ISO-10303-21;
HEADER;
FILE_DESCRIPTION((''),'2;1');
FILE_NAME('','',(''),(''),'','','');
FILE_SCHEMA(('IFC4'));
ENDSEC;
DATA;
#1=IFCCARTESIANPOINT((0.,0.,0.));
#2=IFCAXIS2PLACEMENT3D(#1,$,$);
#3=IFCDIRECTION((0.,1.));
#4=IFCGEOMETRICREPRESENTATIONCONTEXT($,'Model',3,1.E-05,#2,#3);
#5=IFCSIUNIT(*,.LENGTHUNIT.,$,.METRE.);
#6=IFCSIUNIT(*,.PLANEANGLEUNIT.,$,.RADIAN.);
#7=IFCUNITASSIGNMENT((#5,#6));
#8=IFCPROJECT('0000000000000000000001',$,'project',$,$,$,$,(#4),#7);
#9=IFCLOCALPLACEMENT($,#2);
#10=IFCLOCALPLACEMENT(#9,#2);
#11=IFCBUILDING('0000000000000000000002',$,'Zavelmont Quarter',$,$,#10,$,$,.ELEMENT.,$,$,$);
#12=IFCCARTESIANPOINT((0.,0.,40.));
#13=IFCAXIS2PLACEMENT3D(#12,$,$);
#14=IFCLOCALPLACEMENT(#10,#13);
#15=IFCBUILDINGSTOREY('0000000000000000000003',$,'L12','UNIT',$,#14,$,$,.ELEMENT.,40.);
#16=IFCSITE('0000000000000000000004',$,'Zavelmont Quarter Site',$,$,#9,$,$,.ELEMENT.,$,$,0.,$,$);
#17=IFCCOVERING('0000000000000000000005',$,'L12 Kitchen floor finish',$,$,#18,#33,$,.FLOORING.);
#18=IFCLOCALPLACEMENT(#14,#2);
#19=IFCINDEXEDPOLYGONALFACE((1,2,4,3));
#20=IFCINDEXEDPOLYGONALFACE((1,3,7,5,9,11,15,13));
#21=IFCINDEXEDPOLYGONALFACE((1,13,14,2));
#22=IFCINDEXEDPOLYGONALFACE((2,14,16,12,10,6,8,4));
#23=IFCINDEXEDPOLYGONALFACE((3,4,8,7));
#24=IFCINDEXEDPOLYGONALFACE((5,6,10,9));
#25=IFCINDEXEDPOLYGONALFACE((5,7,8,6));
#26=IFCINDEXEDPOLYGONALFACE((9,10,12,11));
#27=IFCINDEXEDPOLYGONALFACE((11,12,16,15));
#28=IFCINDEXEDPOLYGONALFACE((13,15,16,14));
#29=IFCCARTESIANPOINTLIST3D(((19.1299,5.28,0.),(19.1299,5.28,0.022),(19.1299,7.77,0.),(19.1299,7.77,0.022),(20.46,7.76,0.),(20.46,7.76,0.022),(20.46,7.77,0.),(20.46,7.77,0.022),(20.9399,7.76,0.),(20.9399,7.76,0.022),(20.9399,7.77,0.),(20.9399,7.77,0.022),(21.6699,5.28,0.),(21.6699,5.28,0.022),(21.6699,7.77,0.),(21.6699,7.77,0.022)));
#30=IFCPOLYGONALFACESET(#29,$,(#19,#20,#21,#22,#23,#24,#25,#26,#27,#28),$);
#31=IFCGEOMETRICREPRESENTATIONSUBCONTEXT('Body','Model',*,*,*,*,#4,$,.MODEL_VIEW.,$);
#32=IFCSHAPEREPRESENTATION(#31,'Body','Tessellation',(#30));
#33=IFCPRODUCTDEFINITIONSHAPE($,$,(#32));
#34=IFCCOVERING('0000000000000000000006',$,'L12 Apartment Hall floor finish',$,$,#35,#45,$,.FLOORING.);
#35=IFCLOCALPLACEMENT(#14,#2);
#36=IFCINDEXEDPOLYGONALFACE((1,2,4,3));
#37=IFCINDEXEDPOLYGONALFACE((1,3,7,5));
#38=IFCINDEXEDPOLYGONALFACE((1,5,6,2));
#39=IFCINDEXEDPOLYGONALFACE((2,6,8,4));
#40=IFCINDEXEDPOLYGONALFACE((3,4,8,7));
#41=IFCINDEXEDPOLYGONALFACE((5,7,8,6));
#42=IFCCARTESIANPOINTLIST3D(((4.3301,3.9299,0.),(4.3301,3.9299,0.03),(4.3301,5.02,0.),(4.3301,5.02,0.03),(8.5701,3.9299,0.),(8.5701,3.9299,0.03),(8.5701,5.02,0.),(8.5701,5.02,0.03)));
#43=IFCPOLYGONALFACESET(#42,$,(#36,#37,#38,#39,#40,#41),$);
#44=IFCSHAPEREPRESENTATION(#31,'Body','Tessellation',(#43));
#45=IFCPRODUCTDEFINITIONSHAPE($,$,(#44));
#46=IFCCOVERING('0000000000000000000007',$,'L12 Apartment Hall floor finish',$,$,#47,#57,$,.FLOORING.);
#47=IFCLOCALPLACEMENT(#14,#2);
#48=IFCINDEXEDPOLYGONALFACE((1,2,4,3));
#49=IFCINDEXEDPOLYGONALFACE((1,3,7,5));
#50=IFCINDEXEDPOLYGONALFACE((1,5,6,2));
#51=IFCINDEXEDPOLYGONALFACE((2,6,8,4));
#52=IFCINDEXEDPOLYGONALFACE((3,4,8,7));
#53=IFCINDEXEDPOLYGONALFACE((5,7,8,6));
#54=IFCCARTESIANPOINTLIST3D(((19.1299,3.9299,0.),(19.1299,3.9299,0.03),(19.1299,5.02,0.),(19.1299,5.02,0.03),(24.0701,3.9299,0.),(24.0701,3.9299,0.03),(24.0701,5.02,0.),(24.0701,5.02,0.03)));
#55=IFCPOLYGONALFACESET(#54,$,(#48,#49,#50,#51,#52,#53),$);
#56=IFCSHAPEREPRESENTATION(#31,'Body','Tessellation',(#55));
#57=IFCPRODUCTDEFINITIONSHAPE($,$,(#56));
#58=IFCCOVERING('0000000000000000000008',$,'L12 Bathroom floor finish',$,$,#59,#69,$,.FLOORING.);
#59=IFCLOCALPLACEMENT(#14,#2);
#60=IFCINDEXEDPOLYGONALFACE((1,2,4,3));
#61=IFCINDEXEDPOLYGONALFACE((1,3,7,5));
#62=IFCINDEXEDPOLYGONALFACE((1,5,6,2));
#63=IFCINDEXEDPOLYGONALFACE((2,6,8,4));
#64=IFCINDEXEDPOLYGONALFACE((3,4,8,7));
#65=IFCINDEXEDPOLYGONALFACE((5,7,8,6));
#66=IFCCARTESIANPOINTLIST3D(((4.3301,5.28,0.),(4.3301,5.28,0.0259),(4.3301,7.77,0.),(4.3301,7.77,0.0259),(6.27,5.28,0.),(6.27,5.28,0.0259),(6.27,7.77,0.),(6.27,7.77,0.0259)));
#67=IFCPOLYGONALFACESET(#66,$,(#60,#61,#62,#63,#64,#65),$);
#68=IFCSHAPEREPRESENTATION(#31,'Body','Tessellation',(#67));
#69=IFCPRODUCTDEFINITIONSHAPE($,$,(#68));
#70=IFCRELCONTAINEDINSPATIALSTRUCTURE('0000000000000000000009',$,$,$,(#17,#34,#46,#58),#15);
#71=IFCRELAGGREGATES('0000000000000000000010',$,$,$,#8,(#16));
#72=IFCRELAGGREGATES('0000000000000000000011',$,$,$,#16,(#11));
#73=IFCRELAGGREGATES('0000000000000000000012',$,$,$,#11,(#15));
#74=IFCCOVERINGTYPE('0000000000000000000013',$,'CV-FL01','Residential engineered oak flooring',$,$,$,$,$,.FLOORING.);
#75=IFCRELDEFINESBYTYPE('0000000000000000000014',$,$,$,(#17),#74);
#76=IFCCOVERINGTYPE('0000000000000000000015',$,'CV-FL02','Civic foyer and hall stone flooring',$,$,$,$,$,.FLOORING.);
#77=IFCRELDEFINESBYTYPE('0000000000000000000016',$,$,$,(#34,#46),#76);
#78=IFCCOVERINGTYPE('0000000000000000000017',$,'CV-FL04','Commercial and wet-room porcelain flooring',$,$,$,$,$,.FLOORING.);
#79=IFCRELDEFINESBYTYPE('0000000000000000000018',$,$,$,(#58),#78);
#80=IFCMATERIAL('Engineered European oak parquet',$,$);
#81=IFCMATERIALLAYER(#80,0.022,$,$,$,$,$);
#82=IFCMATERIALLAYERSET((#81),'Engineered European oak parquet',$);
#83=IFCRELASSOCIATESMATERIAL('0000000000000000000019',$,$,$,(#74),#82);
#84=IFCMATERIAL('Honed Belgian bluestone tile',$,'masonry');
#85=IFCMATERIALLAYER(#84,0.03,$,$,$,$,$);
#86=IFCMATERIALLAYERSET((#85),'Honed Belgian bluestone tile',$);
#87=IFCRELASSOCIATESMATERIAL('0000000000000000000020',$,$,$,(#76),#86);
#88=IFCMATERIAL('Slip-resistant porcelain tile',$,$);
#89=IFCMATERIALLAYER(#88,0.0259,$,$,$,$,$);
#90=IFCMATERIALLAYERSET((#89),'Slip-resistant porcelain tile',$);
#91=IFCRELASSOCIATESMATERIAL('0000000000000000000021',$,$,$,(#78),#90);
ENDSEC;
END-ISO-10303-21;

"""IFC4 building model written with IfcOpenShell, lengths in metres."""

from ifc_helpers import new_model, si_unit, direction, frame, origin, place, context, subcontext, project, spatial, polyline, outline, extrude, material, layer, layer_set, type_object, element, save


model = new_model("IFC4")

# Units and contexts
model_context = context("Model", 3, precision=1e-05, world=origin(), true_north=direction((0.0, 1.0)))
body_context = subcontext(model_context, "Body", "Model", "MODEL_VIEW")
ifc_project = project(units=[si_unit("LENGTHUNIT", "METRE"), si_unit("PLANEANGLEUNIT", "RADIAN")], contexts=[model_context])

# Site, building, storey
site_placement = place(None, origin())
site = spatial("IfcSite", under=ifc_project, at=site_placement, Name="Zavelmont Quarter Site", CompositionType="ELEMENT", RefElevation=0.0)
building_placement = place(site_placement, origin())
building = spatial("IfcBuilding", under=site, at=building_placement, Name="Zavelmont Quarter", CompositionType="ELEMENT")
storey_placement = place(building_placement, frame((0.0, 0.0, 40.0)))
storey = spatial("IfcBuildingStorey", under=building, at=storey_placement, Name="L12", Description="UNIT", CompositionType="ELEMENT", Elevation=40.0)

# Coverings
ifc_material_1 = material(Name="Engineered European oak parquet")
ifc_layer_1 = layer(ifc_material_1, 0.022)
ifc_layer_set_1 = layer_set([ifc_layer_1], Name="Engineered European oak parquet")
covering_type_1 = type_object("IfcCoveringType", Name="CV-FL01", Description="Residential engineered oak flooring", PredefinedType="FLOORING", material=ifc_layer_set_1)
covering_1_placement = place(storey_placement, origin())
element("IfcCovering", 1, at=covering_1_placement, inside=storey, type_object=covering_type_1, Name="L12 Kitchen floor finish", PredefinedType="FLOORING", context=body_context, shape_type="SweptSolid", body=[
    extrude(outline(polyline([(19.1299, 7.77), (20.46, 7.77), (20.46, 7.76), (20.9399, 7.76), (20.9399, 7.77), (21.6699, 7.77), (21.6699, 5.28), (19.1299, 5.28), (19.1299, 7.77)])), origin(), (0.0, 0.0, 1.0), 0.022),
])
ifc_material_2 = material(Name="Honed Belgian bluestone tile", Category="masonry")
ifc_layer_2 = layer(ifc_material_2, 0.03)
ifc_layer_set_2 = layer_set([ifc_layer_2], Name="Honed Belgian bluestone tile")
covering_type_2 = type_object("IfcCoveringType", Name="CV-FL02", Description="Civic foyer and hall stone flooring", PredefinedType="FLOORING", material=ifc_layer_set_2)
covering_2_placement = place(storey_placement, origin())
element("IfcCovering", 2, at=covering_2_placement, inside=storey, type_object=covering_type_2, Name="L12 Apartment Hall floor finish", PredefinedType="FLOORING", context=body_context, shape_type="SweptSolid", body=[
    extrude(outline(polyline([(4.3301, 5.02), (8.5701, 5.02), (8.5701, 3.9299), (4.3301, 3.9299), (4.3301, 5.02)])), origin(), (0.0, 0.0, 1.0), 0.03),
])
covering_3_placement = place(storey_placement, origin())
element("IfcCovering", 3, at=covering_3_placement, inside=storey, type_object=covering_type_2, Name="L12 Apartment Hall floor finish", PredefinedType="FLOORING", context=body_context, shape_type="SweptSolid", body=[
    extrude(outline(polyline([(19.1299, 5.02), (24.0701, 5.02), (24.0701, 3.9299), (19.1299, 3.9299), (19.1299, 5.02)])), origin(), (0.0, 0.0, 1.0), 0.03),
])
ifc_material_3 = material(Name="Slip-resistant porcelain tile")
ifc_layer_3 = layer(ifc_material_3, 0.0259)
ifc_layer_set_3 = layer_set([ifc_layer_3], Name="Slip-resistant porcelain tile")
covering_type_3 = type_object("IfcCoveringType", Name="CV-FL04", Description="Commercial and wet-room porcelain flooring", PredefinedType="FLOORING", material=ifc_layer_set_3)
covering_4_placement = place(storey_placement, origin())
element("IfcCovering", 4, at=covering_4_placement, inside=storey, type_object=covering_type_3, Name="L12 Bathroom floor finish", PredefinedType="FLOORING", context=body_context, shape_type="SweptSolid", body=[
    extrude(outline(polyline([(4.3301, 7.77), (6.27, 7.77), (6.27, 5.28), (4.3301, 5.28), (4.3301, 7.77)])), origin(), (0.0, 0.0, 1.0), 0.0259),
])

save(model, "model.ifc")
